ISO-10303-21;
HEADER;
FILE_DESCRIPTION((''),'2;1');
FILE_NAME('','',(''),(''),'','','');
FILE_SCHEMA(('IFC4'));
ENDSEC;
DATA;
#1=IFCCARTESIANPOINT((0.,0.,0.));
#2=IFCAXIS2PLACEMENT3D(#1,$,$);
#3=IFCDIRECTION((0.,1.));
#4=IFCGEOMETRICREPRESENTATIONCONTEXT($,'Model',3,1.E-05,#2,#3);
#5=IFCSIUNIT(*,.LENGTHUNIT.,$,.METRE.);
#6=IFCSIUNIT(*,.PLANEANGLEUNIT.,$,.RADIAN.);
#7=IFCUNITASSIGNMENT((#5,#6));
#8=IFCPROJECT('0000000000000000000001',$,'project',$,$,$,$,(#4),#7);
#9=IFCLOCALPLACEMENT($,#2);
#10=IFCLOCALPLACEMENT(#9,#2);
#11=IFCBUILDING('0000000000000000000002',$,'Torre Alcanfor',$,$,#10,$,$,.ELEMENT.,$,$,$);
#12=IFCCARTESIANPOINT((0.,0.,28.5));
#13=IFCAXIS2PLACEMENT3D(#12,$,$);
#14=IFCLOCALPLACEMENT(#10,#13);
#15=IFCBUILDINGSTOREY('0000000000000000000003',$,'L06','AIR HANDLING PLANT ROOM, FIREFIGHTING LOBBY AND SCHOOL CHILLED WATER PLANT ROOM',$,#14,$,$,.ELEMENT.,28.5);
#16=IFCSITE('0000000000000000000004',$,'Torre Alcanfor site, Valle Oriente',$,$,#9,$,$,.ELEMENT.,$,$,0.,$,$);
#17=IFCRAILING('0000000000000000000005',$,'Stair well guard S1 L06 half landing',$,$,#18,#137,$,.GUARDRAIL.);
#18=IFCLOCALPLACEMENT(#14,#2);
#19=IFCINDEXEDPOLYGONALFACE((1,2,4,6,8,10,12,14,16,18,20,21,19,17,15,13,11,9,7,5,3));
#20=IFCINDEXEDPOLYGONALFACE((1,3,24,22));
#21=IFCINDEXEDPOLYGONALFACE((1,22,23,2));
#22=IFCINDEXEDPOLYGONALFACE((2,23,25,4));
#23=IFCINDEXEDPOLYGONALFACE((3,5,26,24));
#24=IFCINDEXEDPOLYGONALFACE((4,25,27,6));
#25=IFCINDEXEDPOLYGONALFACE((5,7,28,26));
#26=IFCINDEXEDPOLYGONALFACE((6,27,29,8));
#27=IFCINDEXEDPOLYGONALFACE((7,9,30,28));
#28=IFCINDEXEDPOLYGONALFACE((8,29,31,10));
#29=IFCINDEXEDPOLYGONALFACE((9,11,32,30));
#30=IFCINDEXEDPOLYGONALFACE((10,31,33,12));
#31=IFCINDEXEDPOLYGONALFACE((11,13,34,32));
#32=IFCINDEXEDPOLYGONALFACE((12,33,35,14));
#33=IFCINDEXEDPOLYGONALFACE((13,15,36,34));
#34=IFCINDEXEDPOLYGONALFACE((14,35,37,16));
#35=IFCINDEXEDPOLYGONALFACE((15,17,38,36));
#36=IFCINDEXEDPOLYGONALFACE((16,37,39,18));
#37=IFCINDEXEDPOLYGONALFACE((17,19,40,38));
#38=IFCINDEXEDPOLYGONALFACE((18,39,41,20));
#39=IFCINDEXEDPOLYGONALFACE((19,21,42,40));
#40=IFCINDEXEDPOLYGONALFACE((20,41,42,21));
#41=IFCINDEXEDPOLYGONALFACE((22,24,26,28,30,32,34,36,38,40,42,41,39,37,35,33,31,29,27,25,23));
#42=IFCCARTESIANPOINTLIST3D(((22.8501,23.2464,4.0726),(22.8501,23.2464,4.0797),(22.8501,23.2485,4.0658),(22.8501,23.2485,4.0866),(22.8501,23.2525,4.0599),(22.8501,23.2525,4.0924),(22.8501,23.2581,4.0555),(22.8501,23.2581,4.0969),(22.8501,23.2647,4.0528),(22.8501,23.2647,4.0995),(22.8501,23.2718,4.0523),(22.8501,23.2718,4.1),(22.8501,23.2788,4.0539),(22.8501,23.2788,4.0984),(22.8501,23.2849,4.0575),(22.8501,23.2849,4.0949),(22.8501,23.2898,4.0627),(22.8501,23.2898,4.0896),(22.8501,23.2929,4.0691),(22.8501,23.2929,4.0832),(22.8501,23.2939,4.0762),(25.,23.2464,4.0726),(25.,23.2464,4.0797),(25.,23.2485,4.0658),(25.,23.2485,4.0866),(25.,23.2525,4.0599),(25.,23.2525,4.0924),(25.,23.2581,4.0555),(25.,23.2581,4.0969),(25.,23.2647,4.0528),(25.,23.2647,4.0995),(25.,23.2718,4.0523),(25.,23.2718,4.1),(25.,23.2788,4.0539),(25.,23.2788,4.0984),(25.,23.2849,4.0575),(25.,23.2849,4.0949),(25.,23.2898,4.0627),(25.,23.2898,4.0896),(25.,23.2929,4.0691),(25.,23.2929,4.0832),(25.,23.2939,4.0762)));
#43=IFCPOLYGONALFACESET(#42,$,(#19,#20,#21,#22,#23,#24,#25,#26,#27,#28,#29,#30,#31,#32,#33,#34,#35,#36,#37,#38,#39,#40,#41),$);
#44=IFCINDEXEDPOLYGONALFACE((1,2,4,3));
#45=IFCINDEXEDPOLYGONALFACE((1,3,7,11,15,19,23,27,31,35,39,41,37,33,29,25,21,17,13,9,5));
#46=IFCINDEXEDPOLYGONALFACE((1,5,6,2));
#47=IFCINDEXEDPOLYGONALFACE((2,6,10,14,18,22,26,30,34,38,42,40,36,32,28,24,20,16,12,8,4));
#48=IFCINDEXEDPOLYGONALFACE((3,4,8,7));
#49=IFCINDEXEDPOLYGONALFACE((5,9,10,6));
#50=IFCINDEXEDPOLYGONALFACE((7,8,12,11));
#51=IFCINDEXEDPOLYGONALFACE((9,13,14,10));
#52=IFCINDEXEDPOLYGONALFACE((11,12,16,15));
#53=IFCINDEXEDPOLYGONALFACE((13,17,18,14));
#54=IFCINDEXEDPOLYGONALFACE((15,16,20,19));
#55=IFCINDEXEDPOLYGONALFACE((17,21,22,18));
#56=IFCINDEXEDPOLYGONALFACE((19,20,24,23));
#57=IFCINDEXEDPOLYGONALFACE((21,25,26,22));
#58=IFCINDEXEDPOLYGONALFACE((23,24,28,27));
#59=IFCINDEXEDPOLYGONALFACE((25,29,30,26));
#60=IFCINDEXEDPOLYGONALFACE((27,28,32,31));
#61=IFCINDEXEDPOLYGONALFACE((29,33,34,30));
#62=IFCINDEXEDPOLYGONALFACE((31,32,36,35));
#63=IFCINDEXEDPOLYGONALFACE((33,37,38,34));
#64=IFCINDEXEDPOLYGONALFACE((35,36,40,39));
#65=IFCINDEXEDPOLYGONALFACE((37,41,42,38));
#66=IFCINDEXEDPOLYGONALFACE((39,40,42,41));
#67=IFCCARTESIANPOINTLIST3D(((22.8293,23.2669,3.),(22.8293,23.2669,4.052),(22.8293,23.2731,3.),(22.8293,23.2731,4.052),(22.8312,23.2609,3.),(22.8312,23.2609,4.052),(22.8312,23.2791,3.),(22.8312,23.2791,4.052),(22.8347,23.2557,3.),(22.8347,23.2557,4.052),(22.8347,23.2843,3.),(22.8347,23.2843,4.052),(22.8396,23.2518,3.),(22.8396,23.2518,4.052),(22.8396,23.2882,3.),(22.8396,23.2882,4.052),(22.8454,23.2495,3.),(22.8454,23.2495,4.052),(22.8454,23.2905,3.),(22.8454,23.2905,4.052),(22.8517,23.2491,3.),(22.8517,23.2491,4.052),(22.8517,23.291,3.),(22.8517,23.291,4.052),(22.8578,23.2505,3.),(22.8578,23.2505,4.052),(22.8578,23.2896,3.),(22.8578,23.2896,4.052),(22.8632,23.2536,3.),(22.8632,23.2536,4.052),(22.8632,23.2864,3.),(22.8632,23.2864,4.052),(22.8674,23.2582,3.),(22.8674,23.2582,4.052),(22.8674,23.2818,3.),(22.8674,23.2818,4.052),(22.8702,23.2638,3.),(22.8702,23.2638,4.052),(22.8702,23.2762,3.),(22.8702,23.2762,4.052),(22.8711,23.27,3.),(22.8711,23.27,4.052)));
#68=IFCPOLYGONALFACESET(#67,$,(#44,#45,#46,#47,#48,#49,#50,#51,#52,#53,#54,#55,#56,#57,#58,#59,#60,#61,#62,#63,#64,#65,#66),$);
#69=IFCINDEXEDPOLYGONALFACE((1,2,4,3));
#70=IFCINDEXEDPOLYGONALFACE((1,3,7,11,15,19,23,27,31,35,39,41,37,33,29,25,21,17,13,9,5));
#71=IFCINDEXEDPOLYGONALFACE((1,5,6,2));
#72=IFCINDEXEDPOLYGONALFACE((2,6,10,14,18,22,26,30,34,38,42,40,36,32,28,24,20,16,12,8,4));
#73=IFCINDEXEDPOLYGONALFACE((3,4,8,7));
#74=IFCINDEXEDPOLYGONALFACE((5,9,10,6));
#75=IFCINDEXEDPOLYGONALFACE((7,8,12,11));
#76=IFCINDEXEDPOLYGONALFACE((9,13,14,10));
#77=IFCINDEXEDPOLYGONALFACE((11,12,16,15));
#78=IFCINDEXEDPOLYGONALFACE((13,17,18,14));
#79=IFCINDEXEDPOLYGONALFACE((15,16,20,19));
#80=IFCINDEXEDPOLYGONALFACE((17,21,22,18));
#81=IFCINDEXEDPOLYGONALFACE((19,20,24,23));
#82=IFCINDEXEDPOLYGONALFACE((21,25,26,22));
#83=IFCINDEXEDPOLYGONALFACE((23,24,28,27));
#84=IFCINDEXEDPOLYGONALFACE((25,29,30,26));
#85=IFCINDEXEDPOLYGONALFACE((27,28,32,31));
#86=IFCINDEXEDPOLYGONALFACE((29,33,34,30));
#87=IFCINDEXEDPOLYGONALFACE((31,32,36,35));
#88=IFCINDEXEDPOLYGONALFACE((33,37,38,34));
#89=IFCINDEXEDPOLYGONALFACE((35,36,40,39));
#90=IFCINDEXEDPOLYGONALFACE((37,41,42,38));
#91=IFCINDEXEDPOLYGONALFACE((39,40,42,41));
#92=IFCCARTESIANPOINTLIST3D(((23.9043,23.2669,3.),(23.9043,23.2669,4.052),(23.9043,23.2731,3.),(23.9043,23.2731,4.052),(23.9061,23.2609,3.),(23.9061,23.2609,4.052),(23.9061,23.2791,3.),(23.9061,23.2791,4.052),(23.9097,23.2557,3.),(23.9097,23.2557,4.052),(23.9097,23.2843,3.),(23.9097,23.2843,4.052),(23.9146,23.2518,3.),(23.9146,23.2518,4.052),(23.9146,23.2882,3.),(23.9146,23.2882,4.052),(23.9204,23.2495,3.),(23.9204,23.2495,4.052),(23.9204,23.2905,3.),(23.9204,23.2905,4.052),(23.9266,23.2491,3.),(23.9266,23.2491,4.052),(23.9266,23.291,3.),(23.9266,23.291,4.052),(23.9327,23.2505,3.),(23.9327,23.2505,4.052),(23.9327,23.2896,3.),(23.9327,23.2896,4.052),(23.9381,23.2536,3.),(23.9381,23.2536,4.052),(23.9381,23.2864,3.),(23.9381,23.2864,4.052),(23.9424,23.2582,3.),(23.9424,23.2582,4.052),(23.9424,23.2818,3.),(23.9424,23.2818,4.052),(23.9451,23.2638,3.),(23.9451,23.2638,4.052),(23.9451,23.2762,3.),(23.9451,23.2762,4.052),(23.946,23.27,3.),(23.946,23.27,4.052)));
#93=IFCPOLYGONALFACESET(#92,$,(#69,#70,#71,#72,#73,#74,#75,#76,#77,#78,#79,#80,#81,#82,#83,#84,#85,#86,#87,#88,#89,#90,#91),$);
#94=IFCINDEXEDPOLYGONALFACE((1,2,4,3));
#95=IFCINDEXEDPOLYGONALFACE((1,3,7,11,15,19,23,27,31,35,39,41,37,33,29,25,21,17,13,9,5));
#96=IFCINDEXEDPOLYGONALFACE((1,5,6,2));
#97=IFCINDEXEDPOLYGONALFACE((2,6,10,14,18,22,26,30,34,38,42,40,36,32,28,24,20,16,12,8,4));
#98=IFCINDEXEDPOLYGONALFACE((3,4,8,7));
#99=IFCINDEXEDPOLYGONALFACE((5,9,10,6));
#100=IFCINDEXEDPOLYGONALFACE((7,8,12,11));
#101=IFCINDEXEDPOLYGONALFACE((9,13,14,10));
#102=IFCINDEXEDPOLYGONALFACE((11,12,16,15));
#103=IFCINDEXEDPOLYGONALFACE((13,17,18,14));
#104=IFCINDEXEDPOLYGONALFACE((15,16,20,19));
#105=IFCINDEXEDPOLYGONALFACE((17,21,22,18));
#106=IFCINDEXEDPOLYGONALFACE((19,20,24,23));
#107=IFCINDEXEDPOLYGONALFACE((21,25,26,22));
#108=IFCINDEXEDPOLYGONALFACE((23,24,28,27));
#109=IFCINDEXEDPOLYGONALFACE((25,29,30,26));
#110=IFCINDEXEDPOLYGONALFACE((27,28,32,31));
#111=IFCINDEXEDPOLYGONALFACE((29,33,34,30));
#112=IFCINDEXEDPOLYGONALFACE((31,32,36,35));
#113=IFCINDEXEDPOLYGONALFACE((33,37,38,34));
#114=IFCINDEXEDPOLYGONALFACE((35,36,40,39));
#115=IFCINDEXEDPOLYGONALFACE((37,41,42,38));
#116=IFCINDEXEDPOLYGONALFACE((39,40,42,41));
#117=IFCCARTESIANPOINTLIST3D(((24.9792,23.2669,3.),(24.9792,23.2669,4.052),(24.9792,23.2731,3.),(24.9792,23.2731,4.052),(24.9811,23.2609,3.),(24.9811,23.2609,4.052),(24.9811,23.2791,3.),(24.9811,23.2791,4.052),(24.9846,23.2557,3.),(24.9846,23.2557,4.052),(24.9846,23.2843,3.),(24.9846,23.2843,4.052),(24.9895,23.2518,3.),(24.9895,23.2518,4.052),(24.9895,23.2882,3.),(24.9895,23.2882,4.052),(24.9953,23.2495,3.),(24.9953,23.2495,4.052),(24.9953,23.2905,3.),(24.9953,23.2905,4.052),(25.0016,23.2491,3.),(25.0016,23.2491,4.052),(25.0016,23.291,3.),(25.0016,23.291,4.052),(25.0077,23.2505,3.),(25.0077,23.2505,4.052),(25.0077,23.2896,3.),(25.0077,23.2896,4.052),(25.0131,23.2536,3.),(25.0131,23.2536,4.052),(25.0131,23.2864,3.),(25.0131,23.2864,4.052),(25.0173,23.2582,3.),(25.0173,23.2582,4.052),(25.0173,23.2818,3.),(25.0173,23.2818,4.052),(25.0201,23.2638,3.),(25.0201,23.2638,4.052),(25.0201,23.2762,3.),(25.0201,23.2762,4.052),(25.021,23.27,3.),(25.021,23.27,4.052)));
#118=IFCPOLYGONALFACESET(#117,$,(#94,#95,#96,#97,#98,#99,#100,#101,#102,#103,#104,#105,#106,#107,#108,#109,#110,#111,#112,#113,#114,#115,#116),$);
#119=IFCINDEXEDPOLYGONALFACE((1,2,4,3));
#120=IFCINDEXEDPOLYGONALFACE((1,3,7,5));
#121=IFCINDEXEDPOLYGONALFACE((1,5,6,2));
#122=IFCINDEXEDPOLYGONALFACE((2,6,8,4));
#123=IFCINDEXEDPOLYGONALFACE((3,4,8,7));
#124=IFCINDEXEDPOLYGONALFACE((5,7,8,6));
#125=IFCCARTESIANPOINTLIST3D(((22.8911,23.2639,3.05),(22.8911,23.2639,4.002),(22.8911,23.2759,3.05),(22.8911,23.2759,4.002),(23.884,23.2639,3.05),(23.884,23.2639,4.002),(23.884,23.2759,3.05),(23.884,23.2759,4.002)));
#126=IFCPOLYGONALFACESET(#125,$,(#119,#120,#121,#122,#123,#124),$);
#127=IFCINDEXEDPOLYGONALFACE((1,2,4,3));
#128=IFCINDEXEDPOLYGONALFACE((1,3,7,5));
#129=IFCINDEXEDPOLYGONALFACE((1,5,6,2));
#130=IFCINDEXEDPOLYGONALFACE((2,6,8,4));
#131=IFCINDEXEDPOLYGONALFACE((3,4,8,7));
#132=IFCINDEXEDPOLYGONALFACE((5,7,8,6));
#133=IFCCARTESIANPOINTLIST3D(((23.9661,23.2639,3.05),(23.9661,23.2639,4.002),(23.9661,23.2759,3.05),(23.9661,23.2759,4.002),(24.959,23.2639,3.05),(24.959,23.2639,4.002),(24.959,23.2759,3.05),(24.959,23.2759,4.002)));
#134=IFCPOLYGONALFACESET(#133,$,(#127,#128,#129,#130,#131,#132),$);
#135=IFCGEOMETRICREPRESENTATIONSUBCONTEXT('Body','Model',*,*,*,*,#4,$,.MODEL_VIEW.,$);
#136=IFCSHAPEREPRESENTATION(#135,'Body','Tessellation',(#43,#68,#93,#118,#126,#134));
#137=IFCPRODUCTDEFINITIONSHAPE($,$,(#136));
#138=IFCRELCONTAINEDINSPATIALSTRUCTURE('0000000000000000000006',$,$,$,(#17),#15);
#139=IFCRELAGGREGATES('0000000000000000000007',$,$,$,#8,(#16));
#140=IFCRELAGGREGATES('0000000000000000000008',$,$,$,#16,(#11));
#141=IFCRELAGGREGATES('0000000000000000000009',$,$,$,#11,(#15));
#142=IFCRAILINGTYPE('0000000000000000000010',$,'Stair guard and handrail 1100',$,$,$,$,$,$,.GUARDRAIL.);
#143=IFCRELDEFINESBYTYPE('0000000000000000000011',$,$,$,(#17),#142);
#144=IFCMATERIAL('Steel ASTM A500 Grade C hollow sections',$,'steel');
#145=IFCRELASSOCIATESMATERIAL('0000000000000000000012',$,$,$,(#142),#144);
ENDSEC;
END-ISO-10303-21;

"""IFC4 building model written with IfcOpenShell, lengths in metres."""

from ifc_helpers import new_model, si_unit, direction, frame, origin, origin_2d, place, context, subcontext, project, spatial, polyline, circle, outline, extrude, material, type_object, element, save


model = new_model("IFC4")

# Units and contexts
model_context = context("Model", 3, precision=1e-05, world=origin(), true_north=direction((0.0, 1.0)))
body_context = subcontext(model_context, "Body", "Model", "MODEL_VIEW")
ifc_project = project(units=[si_unit("LENGTHUNIT", "METRE"), si_unit("PLANEANGLEUNIT", "RADIAN")], contexts=[model_context])

# Site, building, storey
site_placement = place(None, origin())
site = spatial("IfcSite", under=ifc_project, at=site_placement, Name="Torre Alcanfor site, Valle Oriente", CompositionType="ELEMENT", RefElevation=0.0)
building_placement = place(site_placement, origin())
building = spatial("IfcBuilding", under=site, at=building_placement, Name="Torre Alcanfor", CompositionType="ELEMENT")
storey_placement = place(building_placement, frame((0.0, 0.0, 28.5)))
storey = spatial("IfcBuildingStorey", under=building, at=storey_placement, Name="L06", Description="AIR HANDLING PLANT ROOM, FIREFIGHTING LOBBY AND SCHOOL CHILLED WATER PLANT ROOM", CompositionType="ELEMENT", Elevation=28.5)

# Railing
ifc_material_1 = material(Name="Steel ASTM A500 Grade C hollow sections", Category="steel")
railing_type_1 = type_object("IfcRailingType", Name="Stair guard and handrail 1100", PredefinedType="GUARDRAIL", material=ifc_material_1)
for number, where, name in (
    (1, (22.8501, 23.27, 3.0), "Stair well guard S1 L06 half landing"),
):
    element("IfcRailing", number, at=place(storey_placement, frame(where)), inside=storey, type_object=railing_type_1, Name=name, PredefinedType="GUARDRAIL", context=body_context, shape_type="SweptSolid", body=[
        extrude(circle(Radius=0.0239, at=origin_2d()), frame((0.0, 0.0, 1.0762), z_axis=(1.0, 0.0, 0.0), x_axis=(0.0, 1.0, 0.0)), (0.0, 0.0, 1.0), 2.1499),
        extrude(circle(Radius=0.021, at=origin_2d()), origin(), (0.0, 0.0, 1.0), 1.052),
        extrude(circle(Radius=0.021, at=origin_2d()), frame((1.075, 0.0, 0.0)), (0.0, 0.0, 1.0), 1.052),
        extrude(circle(Radius=0.021, at=origin_2d()), frame((2.1499, 0.0, 0.0)), (0.0, 0.0, 1.0), 1.052),
        extrude(outline(polyline([(0.041, 0.05), (1.0339, 0.05), (1.0339, 1.002), (0.041, 1.002), (0.041, 0.05)])), frame((0.0, 0.0059, 0.0), z_axis=(0.0, -1.0, 0.0), x_axis=(1.0, 0.0, 0.0)), (0.0, 0.0, 1.0), 0.012),
        extrude(outline(polyline([(1.116, 0.05), (2.1089, 0.05), (2.1089, 1.002), (1.116, 1.002), (1.116, 0.05)])), frame((0.0, 0.0059, 0.0), z_axis=(0.0, -1.0, 0.0), x_axis=(1.0, 0.0, 0.0)), (0.0, 0.0, 1.0), 0.012),
    ])

save(model, "model.ifc")
